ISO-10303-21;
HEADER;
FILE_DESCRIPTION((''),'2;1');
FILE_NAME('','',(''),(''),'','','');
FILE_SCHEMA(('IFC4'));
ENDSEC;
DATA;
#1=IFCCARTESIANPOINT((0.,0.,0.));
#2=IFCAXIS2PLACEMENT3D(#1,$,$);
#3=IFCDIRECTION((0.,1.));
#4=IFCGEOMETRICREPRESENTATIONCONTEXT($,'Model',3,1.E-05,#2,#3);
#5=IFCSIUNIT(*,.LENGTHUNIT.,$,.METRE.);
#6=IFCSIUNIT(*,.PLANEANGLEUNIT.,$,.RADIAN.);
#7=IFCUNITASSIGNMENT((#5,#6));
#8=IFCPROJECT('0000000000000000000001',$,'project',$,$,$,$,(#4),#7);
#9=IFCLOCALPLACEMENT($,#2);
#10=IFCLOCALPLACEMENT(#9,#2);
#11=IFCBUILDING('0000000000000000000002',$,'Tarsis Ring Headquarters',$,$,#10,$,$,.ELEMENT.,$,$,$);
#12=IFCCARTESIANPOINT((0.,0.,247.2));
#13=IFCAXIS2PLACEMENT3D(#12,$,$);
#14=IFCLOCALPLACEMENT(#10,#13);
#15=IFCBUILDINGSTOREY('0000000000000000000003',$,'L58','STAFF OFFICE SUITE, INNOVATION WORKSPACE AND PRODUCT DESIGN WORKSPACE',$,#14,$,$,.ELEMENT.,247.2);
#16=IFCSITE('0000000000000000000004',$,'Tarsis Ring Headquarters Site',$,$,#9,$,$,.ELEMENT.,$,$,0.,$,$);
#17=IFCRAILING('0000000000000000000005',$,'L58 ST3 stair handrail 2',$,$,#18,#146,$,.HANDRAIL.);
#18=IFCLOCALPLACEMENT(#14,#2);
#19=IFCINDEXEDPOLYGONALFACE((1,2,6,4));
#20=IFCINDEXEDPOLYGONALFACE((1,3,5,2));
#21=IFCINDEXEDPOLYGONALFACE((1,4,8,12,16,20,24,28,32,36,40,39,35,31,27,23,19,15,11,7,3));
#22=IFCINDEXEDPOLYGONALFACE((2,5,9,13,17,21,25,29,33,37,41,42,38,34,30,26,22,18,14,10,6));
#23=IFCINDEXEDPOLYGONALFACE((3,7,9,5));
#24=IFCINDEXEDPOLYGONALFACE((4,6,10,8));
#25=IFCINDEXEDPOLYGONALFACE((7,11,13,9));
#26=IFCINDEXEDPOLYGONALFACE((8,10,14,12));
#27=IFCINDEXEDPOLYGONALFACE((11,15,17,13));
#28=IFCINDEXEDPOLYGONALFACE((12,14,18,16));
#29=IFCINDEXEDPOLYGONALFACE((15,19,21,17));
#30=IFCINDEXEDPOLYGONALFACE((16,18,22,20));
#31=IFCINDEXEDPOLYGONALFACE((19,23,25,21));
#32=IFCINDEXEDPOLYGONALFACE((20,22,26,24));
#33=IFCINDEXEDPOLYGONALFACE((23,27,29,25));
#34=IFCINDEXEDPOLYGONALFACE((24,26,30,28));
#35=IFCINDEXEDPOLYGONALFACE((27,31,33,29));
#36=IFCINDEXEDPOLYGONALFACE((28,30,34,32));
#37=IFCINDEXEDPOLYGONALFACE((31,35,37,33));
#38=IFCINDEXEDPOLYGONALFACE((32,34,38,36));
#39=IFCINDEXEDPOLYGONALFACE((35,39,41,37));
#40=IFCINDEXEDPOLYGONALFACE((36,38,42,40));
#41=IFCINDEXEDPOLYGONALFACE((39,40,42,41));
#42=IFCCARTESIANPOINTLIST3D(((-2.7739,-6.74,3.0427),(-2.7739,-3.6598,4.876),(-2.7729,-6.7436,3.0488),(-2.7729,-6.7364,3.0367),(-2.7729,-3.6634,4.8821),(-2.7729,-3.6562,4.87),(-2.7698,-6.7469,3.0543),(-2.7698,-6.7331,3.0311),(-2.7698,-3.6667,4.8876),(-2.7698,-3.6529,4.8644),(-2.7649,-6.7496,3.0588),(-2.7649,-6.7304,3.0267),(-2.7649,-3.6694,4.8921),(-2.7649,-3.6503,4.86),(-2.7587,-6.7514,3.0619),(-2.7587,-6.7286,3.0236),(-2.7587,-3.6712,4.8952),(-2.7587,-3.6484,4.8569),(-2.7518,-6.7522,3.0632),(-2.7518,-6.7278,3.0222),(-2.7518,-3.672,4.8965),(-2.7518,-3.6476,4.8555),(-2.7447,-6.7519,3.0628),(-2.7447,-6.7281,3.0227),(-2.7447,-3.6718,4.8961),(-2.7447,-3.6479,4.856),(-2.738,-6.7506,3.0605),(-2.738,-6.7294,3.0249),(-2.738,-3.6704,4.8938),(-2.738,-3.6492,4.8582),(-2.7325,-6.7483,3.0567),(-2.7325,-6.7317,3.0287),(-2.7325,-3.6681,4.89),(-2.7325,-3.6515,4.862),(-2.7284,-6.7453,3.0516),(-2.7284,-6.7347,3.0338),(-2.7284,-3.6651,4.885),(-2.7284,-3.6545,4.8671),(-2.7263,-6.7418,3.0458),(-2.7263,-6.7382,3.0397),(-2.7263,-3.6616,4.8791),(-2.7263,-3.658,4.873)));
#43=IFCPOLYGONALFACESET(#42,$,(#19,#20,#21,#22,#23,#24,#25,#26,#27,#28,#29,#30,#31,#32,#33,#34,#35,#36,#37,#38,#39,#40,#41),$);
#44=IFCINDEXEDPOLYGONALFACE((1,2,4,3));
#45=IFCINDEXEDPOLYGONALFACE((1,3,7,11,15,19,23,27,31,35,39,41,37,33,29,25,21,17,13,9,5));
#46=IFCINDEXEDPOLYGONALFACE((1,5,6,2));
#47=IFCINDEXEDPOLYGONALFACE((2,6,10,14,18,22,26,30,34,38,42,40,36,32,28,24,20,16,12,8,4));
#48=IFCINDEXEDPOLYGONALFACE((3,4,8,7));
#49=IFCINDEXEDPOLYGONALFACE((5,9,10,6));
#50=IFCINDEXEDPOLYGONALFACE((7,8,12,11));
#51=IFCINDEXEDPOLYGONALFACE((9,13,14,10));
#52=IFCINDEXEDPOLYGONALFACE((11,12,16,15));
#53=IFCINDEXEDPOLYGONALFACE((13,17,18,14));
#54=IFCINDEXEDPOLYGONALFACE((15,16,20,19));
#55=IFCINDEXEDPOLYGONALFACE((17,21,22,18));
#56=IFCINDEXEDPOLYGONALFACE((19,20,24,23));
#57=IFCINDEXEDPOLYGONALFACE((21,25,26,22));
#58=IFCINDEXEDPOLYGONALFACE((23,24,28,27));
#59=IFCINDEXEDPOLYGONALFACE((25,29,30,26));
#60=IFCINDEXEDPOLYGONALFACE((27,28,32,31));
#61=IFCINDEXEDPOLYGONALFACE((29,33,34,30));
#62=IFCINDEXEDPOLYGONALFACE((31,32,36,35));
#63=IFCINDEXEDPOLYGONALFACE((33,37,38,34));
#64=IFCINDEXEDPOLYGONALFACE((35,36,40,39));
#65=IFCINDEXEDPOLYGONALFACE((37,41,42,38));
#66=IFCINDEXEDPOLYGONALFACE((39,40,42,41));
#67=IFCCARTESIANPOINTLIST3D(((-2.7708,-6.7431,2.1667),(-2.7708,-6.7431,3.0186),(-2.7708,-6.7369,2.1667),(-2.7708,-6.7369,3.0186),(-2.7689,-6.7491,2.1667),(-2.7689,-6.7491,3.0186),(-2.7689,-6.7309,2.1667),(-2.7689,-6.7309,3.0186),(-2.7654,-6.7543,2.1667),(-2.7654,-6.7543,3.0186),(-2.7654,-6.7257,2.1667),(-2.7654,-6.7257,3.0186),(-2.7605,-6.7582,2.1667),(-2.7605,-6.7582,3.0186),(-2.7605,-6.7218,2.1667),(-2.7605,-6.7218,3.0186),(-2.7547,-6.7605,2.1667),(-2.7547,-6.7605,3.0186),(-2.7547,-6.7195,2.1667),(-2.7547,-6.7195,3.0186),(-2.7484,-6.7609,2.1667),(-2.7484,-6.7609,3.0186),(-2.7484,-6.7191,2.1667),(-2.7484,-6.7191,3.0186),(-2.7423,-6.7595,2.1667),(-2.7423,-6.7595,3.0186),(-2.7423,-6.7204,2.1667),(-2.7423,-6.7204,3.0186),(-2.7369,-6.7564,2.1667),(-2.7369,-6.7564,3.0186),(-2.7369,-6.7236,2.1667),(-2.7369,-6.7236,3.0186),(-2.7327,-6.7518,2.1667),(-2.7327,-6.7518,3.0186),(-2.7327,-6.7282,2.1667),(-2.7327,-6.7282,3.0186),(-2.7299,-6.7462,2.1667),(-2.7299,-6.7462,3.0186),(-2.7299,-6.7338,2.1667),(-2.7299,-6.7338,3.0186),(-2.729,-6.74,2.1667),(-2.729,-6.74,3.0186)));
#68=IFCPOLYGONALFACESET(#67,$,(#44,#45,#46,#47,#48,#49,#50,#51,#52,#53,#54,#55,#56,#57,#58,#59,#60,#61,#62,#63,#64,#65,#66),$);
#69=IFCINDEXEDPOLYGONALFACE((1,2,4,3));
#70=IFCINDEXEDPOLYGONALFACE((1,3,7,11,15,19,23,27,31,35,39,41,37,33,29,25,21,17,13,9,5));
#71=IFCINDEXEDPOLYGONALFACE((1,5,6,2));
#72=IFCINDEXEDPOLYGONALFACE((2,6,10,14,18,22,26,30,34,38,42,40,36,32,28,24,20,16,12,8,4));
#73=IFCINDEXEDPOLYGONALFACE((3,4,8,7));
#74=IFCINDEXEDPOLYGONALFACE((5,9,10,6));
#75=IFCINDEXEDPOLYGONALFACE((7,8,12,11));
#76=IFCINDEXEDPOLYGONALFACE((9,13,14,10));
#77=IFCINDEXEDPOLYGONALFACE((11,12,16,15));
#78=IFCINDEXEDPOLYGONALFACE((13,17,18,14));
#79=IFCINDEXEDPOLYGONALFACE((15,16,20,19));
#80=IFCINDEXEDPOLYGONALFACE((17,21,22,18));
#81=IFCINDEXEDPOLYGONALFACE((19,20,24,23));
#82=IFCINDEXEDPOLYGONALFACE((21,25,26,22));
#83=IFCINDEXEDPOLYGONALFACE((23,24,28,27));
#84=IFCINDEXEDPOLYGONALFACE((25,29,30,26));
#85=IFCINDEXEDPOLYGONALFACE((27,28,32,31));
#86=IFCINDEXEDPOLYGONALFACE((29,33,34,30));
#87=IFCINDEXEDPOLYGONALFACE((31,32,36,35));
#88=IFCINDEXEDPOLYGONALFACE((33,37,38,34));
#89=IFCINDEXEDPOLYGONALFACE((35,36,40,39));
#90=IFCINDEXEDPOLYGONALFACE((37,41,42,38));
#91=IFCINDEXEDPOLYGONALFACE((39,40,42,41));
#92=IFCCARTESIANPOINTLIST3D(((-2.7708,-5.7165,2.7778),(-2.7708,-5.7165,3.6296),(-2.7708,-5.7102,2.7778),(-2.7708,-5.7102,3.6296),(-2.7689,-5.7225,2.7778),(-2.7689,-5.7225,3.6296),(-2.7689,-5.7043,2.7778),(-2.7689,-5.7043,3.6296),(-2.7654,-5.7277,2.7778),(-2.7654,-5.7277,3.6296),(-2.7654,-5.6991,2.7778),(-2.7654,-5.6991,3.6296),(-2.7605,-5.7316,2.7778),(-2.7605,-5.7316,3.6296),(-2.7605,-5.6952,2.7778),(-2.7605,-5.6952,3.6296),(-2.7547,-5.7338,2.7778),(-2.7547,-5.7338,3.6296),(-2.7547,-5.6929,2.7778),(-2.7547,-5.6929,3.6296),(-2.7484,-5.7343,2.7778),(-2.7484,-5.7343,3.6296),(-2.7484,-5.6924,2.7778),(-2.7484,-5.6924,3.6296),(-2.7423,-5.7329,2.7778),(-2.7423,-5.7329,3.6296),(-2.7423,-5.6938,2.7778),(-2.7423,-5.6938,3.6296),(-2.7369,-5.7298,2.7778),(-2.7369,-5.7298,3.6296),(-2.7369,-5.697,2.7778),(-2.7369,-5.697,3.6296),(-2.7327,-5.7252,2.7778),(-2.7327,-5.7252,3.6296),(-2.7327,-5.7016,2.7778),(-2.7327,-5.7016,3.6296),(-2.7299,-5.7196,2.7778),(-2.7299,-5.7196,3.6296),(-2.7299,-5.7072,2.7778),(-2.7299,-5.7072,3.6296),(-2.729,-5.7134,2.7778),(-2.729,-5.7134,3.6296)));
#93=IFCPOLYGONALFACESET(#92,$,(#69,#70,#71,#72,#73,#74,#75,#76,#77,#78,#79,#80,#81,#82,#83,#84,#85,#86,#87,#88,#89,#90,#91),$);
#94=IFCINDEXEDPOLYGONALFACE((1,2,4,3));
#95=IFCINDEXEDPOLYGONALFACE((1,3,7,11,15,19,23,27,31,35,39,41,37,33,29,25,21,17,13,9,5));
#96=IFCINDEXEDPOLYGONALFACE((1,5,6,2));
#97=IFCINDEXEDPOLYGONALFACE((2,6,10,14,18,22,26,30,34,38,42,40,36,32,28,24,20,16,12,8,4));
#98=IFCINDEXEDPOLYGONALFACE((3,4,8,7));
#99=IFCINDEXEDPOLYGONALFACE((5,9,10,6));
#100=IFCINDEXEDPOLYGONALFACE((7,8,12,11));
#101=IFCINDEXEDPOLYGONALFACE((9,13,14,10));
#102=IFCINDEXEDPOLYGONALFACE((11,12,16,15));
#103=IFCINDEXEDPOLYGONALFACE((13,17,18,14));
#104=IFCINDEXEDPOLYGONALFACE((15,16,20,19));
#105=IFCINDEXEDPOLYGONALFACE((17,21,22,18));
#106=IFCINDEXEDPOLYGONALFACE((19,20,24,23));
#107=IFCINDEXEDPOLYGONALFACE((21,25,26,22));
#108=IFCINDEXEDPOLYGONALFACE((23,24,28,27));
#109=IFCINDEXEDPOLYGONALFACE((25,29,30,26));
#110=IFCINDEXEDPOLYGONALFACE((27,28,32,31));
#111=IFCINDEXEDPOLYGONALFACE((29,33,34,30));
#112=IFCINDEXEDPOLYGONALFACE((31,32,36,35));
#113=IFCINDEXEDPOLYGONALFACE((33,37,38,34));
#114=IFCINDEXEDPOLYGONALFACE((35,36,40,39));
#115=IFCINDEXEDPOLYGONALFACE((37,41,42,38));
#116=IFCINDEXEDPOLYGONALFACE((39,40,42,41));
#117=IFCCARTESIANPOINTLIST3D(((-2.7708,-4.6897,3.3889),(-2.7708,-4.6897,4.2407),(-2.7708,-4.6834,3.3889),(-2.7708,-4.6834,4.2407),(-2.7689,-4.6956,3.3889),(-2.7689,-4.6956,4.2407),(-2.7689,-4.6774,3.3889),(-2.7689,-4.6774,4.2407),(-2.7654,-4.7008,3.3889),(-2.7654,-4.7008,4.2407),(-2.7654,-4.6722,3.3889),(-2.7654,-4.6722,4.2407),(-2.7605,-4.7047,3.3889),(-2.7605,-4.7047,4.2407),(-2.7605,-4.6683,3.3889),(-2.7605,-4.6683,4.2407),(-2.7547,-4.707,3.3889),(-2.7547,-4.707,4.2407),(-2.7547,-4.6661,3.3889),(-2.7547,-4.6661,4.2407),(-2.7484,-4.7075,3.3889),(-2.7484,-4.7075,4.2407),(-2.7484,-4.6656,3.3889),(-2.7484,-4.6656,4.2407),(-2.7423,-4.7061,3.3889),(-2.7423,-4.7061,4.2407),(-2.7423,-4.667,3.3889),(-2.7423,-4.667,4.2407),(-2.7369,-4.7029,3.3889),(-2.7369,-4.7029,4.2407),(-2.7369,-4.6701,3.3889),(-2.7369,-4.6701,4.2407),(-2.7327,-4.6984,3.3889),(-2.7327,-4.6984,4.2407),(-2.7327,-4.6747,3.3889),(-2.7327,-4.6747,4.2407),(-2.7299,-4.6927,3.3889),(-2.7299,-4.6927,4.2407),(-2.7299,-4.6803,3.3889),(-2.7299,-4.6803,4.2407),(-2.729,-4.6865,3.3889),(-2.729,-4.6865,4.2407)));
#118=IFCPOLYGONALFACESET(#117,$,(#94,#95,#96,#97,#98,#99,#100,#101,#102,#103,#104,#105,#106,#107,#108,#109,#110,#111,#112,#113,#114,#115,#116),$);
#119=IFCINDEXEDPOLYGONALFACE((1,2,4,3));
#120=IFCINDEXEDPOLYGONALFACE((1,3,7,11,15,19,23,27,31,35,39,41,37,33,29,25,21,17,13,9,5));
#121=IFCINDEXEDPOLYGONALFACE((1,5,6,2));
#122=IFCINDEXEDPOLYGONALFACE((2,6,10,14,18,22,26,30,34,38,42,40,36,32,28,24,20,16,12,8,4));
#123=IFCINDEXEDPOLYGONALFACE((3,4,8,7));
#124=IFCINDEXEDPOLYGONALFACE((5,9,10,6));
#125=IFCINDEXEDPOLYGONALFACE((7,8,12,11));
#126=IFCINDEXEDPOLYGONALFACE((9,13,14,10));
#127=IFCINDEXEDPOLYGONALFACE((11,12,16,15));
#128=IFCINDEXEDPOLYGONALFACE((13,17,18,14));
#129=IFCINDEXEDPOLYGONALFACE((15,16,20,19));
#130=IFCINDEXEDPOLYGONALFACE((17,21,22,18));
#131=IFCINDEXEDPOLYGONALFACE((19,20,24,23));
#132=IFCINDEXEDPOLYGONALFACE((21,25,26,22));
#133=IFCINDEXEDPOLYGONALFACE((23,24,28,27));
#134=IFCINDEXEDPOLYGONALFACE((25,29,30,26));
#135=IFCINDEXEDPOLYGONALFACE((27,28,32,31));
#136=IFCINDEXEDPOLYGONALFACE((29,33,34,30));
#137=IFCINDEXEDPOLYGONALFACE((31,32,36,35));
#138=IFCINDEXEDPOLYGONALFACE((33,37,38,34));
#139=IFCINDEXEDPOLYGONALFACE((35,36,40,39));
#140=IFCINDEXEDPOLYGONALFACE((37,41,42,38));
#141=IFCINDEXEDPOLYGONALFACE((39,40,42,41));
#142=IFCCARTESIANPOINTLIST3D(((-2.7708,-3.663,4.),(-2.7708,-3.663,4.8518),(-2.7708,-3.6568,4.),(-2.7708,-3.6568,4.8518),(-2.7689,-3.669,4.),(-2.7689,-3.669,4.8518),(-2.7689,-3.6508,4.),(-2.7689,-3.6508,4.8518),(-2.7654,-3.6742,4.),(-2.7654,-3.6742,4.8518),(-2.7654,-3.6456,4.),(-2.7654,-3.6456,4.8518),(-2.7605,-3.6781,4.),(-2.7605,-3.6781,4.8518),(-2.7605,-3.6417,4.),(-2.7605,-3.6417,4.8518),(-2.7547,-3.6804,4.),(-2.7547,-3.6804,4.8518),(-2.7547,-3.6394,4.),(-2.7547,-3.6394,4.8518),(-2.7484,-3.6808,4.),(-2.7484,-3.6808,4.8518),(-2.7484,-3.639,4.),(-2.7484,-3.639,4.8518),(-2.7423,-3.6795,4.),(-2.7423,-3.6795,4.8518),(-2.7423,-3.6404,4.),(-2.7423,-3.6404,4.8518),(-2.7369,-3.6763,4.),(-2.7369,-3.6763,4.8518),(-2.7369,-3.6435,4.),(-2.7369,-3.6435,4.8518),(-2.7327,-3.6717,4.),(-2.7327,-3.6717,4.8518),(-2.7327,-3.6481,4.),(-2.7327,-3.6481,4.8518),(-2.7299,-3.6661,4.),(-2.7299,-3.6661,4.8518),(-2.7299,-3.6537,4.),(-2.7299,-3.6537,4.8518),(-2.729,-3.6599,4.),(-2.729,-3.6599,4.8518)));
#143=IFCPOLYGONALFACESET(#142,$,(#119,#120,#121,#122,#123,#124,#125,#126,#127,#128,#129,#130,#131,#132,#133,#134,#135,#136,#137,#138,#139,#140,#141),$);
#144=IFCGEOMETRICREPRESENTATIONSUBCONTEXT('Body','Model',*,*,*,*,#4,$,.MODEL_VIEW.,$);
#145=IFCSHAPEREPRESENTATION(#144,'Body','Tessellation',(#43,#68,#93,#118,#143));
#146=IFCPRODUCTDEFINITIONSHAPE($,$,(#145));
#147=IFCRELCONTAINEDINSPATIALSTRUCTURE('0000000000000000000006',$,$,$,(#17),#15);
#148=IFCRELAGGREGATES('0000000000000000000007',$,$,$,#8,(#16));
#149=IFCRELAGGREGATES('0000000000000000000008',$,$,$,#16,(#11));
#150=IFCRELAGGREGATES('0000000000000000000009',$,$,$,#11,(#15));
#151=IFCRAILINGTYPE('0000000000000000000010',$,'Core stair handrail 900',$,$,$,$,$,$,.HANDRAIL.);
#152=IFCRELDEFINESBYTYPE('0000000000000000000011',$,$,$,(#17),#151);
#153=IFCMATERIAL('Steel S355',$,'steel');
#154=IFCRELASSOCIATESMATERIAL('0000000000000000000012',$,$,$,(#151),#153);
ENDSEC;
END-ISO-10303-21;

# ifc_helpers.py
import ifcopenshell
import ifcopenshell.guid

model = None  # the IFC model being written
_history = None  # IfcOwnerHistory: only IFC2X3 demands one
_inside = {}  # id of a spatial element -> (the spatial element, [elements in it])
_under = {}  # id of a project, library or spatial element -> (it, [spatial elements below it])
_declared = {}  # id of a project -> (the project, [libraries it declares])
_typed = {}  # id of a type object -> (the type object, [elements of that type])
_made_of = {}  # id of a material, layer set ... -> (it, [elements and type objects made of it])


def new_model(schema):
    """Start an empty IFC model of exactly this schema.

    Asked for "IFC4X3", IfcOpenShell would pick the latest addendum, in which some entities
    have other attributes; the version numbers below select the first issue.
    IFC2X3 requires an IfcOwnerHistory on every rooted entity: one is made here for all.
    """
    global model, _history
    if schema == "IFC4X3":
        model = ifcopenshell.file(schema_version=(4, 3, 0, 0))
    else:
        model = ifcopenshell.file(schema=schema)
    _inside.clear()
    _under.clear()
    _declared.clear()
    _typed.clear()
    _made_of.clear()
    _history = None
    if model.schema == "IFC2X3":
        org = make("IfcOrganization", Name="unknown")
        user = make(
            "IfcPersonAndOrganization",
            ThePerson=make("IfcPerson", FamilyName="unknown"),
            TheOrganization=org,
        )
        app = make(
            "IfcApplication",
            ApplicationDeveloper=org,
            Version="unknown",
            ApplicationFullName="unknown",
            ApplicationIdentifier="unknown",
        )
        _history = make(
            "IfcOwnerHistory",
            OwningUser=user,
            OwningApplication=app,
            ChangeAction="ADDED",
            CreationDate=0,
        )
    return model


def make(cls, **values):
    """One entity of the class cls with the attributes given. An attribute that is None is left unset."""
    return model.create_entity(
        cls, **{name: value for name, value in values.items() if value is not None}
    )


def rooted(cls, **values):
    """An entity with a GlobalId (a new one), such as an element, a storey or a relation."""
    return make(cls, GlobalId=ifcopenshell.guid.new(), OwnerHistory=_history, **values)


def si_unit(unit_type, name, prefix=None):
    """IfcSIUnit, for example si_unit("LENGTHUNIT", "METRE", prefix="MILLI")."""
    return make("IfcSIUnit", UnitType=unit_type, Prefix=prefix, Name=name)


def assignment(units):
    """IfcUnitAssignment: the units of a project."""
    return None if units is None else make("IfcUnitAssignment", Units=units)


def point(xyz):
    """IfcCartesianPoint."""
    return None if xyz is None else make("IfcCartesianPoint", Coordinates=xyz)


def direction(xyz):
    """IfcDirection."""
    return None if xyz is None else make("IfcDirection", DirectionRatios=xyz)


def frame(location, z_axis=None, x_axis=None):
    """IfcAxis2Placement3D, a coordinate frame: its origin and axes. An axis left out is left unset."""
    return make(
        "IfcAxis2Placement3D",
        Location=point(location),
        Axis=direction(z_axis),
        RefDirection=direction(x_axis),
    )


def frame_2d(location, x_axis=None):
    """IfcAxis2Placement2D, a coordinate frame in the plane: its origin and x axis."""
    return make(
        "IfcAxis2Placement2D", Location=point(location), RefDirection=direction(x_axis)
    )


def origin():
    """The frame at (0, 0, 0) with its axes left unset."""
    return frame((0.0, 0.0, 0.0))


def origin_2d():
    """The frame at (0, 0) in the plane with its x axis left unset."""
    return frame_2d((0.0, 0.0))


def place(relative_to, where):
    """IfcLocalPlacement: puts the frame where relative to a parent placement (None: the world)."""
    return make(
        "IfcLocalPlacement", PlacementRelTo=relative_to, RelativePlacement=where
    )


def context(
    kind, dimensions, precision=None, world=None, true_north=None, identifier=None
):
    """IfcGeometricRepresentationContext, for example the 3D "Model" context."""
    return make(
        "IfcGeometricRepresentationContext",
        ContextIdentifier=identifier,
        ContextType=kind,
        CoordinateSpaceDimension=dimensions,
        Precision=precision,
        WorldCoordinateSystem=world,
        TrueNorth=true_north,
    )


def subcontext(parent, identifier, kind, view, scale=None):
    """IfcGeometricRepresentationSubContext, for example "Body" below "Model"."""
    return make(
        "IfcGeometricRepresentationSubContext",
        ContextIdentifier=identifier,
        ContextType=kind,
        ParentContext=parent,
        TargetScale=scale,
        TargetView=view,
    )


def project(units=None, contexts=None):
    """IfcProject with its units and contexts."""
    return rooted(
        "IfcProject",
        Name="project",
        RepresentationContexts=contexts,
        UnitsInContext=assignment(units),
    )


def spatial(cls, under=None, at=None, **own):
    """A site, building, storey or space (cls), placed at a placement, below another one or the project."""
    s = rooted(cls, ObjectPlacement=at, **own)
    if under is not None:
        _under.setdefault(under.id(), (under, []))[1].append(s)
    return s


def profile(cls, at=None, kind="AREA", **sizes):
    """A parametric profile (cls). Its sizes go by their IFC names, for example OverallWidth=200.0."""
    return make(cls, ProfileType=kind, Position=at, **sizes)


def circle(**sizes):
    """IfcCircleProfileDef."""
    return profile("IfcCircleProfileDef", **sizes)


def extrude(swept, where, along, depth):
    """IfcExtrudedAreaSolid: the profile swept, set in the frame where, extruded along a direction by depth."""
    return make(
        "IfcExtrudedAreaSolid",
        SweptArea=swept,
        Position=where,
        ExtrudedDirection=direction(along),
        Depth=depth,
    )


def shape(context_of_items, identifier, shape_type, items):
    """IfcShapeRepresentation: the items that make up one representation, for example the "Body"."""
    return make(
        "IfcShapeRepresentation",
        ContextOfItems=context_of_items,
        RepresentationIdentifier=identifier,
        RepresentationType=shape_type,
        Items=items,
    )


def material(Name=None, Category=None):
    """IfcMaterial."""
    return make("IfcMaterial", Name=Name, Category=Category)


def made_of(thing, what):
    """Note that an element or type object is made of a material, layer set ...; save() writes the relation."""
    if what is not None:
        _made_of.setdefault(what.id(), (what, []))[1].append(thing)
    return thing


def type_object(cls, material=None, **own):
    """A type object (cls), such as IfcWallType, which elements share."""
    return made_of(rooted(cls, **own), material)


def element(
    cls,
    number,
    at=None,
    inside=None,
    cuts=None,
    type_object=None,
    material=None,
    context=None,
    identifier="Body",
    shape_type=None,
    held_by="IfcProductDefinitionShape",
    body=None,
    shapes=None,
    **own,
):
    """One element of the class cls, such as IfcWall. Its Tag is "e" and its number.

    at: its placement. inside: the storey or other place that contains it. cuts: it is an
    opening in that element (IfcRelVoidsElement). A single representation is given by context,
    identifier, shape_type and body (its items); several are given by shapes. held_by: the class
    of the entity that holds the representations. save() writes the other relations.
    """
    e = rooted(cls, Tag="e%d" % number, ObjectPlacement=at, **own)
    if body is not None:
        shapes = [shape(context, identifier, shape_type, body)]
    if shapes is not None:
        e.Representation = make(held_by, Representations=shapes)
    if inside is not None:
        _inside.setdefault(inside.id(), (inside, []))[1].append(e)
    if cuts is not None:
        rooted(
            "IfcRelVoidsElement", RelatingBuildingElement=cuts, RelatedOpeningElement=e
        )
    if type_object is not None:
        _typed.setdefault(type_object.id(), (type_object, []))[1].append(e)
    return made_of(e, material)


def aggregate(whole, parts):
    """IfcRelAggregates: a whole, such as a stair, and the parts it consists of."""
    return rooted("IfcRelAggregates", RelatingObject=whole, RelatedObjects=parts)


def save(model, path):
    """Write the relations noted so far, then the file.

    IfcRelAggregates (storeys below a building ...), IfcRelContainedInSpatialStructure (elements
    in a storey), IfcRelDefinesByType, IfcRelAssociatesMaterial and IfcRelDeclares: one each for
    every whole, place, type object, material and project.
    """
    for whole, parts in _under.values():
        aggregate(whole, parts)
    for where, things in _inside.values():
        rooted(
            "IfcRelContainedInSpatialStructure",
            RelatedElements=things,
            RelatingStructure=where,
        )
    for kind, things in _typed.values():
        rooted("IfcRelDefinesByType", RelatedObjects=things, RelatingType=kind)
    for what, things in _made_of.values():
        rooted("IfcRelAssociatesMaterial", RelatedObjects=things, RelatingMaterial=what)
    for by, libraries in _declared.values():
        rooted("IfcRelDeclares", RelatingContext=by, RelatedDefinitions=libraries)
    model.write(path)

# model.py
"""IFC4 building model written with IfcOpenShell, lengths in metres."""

from ifc_helpers import new_model, si_unit, direction, frame, origin, origin_2d, place, context, subcontext, project, spatial, circle, extrude, material, type_object, element, save


model = new_model("IFC4")

# Units and contexts
model_context = context("Model", 3, precision=1e-05, world=origin(), true_north=direction((0.0, 1.0)))
body_context = subcontext(model_context, "Body", "Model", "MODEL_VIEW")
ifc_project = project(units=[si_unit("LENGTHUNIT", "METRE"), si_unit("PLANEANGLEUNIT", "RADIAN")], contexts=[model_context])

# Site, building, storey
site_placement = place(None, origin())
site = spatial("IfcSite", under=ifc_project, at=site_placement, Name="Tarsis Ring Headquarters Site", CompositionType="ELEMENT", RefElevation=0.0)
building_placement = place(site_placement, origin())
building = spatial("IfcBuilding", under=site, at=building_placement, Name="Tarsis Ring Headquarters", CompositionType="ELEMENT")
storey_placement = place(building_placement, frame((0.0, 0.0, 247.2)))
storey = spatial("IfcBuildingStorey", under=building, at=storey_placement, Name="L58", Description="STAFF OFFICE SUITE, INNOVATION WORKSPACE AND PRODUCT DESIGN WORKSPACE", CompositionType="ELEMENT", Elevation=247.2)

# Shared definitions
ifc_material_1 = material(Name="Steel S355", Category="steel")

# Railing
railing_type_1 = type_object("IfcRailingType", Name="Core stair handrail 900", PredefinedType="HANDRAIL", material=ifc_material_1)
for number, where, name in (
    (1, (-2.75, -6.74, 2.1667), "L58 ST3 stair handrail 2"),
):
    element("IfcRailing", number, at=place(storey_placement, frame(where)), inside=storey, type_object=railing_type_1, Name=name, PredefinedType="HANDRAIL", context=body_context, shape_type="SweptSolid", body=[
        extrude(circle(Radius=0.0239, at=origin_2d()), frame((0.0, 0.0, 0.876), z_axis=(0.0, 0.859309, 0.511458), x_axis=(-1.0, 0.0, 0.0)), (0.0, 0.0, 1.0), 3.5845),
        extrude(circle(Radius=0.021, at=origin_2d()), origin(), (0.0, 0.0, 1.0), 0.8518),
        extrude(circle(Radius=0.021, at=origin_2d()), frame((0.0, 1.0266, 0.6111)), (0.0, 0.0, 1.0), 0.8518),
        extrude(circle(Radius=0.021, at=origin_2d()), frame((0.0, 2.0535, 1.2222)), (0.0, 0.0, 1.0), 0.8518),
        extrude(circle(Radius=0.021, at=origin_2d()), frame((0.0, 3.0801, 1.8333)), (0.0, 0.0, 1.0), 0.8518),
    ])

save(model, "model.ifc")
